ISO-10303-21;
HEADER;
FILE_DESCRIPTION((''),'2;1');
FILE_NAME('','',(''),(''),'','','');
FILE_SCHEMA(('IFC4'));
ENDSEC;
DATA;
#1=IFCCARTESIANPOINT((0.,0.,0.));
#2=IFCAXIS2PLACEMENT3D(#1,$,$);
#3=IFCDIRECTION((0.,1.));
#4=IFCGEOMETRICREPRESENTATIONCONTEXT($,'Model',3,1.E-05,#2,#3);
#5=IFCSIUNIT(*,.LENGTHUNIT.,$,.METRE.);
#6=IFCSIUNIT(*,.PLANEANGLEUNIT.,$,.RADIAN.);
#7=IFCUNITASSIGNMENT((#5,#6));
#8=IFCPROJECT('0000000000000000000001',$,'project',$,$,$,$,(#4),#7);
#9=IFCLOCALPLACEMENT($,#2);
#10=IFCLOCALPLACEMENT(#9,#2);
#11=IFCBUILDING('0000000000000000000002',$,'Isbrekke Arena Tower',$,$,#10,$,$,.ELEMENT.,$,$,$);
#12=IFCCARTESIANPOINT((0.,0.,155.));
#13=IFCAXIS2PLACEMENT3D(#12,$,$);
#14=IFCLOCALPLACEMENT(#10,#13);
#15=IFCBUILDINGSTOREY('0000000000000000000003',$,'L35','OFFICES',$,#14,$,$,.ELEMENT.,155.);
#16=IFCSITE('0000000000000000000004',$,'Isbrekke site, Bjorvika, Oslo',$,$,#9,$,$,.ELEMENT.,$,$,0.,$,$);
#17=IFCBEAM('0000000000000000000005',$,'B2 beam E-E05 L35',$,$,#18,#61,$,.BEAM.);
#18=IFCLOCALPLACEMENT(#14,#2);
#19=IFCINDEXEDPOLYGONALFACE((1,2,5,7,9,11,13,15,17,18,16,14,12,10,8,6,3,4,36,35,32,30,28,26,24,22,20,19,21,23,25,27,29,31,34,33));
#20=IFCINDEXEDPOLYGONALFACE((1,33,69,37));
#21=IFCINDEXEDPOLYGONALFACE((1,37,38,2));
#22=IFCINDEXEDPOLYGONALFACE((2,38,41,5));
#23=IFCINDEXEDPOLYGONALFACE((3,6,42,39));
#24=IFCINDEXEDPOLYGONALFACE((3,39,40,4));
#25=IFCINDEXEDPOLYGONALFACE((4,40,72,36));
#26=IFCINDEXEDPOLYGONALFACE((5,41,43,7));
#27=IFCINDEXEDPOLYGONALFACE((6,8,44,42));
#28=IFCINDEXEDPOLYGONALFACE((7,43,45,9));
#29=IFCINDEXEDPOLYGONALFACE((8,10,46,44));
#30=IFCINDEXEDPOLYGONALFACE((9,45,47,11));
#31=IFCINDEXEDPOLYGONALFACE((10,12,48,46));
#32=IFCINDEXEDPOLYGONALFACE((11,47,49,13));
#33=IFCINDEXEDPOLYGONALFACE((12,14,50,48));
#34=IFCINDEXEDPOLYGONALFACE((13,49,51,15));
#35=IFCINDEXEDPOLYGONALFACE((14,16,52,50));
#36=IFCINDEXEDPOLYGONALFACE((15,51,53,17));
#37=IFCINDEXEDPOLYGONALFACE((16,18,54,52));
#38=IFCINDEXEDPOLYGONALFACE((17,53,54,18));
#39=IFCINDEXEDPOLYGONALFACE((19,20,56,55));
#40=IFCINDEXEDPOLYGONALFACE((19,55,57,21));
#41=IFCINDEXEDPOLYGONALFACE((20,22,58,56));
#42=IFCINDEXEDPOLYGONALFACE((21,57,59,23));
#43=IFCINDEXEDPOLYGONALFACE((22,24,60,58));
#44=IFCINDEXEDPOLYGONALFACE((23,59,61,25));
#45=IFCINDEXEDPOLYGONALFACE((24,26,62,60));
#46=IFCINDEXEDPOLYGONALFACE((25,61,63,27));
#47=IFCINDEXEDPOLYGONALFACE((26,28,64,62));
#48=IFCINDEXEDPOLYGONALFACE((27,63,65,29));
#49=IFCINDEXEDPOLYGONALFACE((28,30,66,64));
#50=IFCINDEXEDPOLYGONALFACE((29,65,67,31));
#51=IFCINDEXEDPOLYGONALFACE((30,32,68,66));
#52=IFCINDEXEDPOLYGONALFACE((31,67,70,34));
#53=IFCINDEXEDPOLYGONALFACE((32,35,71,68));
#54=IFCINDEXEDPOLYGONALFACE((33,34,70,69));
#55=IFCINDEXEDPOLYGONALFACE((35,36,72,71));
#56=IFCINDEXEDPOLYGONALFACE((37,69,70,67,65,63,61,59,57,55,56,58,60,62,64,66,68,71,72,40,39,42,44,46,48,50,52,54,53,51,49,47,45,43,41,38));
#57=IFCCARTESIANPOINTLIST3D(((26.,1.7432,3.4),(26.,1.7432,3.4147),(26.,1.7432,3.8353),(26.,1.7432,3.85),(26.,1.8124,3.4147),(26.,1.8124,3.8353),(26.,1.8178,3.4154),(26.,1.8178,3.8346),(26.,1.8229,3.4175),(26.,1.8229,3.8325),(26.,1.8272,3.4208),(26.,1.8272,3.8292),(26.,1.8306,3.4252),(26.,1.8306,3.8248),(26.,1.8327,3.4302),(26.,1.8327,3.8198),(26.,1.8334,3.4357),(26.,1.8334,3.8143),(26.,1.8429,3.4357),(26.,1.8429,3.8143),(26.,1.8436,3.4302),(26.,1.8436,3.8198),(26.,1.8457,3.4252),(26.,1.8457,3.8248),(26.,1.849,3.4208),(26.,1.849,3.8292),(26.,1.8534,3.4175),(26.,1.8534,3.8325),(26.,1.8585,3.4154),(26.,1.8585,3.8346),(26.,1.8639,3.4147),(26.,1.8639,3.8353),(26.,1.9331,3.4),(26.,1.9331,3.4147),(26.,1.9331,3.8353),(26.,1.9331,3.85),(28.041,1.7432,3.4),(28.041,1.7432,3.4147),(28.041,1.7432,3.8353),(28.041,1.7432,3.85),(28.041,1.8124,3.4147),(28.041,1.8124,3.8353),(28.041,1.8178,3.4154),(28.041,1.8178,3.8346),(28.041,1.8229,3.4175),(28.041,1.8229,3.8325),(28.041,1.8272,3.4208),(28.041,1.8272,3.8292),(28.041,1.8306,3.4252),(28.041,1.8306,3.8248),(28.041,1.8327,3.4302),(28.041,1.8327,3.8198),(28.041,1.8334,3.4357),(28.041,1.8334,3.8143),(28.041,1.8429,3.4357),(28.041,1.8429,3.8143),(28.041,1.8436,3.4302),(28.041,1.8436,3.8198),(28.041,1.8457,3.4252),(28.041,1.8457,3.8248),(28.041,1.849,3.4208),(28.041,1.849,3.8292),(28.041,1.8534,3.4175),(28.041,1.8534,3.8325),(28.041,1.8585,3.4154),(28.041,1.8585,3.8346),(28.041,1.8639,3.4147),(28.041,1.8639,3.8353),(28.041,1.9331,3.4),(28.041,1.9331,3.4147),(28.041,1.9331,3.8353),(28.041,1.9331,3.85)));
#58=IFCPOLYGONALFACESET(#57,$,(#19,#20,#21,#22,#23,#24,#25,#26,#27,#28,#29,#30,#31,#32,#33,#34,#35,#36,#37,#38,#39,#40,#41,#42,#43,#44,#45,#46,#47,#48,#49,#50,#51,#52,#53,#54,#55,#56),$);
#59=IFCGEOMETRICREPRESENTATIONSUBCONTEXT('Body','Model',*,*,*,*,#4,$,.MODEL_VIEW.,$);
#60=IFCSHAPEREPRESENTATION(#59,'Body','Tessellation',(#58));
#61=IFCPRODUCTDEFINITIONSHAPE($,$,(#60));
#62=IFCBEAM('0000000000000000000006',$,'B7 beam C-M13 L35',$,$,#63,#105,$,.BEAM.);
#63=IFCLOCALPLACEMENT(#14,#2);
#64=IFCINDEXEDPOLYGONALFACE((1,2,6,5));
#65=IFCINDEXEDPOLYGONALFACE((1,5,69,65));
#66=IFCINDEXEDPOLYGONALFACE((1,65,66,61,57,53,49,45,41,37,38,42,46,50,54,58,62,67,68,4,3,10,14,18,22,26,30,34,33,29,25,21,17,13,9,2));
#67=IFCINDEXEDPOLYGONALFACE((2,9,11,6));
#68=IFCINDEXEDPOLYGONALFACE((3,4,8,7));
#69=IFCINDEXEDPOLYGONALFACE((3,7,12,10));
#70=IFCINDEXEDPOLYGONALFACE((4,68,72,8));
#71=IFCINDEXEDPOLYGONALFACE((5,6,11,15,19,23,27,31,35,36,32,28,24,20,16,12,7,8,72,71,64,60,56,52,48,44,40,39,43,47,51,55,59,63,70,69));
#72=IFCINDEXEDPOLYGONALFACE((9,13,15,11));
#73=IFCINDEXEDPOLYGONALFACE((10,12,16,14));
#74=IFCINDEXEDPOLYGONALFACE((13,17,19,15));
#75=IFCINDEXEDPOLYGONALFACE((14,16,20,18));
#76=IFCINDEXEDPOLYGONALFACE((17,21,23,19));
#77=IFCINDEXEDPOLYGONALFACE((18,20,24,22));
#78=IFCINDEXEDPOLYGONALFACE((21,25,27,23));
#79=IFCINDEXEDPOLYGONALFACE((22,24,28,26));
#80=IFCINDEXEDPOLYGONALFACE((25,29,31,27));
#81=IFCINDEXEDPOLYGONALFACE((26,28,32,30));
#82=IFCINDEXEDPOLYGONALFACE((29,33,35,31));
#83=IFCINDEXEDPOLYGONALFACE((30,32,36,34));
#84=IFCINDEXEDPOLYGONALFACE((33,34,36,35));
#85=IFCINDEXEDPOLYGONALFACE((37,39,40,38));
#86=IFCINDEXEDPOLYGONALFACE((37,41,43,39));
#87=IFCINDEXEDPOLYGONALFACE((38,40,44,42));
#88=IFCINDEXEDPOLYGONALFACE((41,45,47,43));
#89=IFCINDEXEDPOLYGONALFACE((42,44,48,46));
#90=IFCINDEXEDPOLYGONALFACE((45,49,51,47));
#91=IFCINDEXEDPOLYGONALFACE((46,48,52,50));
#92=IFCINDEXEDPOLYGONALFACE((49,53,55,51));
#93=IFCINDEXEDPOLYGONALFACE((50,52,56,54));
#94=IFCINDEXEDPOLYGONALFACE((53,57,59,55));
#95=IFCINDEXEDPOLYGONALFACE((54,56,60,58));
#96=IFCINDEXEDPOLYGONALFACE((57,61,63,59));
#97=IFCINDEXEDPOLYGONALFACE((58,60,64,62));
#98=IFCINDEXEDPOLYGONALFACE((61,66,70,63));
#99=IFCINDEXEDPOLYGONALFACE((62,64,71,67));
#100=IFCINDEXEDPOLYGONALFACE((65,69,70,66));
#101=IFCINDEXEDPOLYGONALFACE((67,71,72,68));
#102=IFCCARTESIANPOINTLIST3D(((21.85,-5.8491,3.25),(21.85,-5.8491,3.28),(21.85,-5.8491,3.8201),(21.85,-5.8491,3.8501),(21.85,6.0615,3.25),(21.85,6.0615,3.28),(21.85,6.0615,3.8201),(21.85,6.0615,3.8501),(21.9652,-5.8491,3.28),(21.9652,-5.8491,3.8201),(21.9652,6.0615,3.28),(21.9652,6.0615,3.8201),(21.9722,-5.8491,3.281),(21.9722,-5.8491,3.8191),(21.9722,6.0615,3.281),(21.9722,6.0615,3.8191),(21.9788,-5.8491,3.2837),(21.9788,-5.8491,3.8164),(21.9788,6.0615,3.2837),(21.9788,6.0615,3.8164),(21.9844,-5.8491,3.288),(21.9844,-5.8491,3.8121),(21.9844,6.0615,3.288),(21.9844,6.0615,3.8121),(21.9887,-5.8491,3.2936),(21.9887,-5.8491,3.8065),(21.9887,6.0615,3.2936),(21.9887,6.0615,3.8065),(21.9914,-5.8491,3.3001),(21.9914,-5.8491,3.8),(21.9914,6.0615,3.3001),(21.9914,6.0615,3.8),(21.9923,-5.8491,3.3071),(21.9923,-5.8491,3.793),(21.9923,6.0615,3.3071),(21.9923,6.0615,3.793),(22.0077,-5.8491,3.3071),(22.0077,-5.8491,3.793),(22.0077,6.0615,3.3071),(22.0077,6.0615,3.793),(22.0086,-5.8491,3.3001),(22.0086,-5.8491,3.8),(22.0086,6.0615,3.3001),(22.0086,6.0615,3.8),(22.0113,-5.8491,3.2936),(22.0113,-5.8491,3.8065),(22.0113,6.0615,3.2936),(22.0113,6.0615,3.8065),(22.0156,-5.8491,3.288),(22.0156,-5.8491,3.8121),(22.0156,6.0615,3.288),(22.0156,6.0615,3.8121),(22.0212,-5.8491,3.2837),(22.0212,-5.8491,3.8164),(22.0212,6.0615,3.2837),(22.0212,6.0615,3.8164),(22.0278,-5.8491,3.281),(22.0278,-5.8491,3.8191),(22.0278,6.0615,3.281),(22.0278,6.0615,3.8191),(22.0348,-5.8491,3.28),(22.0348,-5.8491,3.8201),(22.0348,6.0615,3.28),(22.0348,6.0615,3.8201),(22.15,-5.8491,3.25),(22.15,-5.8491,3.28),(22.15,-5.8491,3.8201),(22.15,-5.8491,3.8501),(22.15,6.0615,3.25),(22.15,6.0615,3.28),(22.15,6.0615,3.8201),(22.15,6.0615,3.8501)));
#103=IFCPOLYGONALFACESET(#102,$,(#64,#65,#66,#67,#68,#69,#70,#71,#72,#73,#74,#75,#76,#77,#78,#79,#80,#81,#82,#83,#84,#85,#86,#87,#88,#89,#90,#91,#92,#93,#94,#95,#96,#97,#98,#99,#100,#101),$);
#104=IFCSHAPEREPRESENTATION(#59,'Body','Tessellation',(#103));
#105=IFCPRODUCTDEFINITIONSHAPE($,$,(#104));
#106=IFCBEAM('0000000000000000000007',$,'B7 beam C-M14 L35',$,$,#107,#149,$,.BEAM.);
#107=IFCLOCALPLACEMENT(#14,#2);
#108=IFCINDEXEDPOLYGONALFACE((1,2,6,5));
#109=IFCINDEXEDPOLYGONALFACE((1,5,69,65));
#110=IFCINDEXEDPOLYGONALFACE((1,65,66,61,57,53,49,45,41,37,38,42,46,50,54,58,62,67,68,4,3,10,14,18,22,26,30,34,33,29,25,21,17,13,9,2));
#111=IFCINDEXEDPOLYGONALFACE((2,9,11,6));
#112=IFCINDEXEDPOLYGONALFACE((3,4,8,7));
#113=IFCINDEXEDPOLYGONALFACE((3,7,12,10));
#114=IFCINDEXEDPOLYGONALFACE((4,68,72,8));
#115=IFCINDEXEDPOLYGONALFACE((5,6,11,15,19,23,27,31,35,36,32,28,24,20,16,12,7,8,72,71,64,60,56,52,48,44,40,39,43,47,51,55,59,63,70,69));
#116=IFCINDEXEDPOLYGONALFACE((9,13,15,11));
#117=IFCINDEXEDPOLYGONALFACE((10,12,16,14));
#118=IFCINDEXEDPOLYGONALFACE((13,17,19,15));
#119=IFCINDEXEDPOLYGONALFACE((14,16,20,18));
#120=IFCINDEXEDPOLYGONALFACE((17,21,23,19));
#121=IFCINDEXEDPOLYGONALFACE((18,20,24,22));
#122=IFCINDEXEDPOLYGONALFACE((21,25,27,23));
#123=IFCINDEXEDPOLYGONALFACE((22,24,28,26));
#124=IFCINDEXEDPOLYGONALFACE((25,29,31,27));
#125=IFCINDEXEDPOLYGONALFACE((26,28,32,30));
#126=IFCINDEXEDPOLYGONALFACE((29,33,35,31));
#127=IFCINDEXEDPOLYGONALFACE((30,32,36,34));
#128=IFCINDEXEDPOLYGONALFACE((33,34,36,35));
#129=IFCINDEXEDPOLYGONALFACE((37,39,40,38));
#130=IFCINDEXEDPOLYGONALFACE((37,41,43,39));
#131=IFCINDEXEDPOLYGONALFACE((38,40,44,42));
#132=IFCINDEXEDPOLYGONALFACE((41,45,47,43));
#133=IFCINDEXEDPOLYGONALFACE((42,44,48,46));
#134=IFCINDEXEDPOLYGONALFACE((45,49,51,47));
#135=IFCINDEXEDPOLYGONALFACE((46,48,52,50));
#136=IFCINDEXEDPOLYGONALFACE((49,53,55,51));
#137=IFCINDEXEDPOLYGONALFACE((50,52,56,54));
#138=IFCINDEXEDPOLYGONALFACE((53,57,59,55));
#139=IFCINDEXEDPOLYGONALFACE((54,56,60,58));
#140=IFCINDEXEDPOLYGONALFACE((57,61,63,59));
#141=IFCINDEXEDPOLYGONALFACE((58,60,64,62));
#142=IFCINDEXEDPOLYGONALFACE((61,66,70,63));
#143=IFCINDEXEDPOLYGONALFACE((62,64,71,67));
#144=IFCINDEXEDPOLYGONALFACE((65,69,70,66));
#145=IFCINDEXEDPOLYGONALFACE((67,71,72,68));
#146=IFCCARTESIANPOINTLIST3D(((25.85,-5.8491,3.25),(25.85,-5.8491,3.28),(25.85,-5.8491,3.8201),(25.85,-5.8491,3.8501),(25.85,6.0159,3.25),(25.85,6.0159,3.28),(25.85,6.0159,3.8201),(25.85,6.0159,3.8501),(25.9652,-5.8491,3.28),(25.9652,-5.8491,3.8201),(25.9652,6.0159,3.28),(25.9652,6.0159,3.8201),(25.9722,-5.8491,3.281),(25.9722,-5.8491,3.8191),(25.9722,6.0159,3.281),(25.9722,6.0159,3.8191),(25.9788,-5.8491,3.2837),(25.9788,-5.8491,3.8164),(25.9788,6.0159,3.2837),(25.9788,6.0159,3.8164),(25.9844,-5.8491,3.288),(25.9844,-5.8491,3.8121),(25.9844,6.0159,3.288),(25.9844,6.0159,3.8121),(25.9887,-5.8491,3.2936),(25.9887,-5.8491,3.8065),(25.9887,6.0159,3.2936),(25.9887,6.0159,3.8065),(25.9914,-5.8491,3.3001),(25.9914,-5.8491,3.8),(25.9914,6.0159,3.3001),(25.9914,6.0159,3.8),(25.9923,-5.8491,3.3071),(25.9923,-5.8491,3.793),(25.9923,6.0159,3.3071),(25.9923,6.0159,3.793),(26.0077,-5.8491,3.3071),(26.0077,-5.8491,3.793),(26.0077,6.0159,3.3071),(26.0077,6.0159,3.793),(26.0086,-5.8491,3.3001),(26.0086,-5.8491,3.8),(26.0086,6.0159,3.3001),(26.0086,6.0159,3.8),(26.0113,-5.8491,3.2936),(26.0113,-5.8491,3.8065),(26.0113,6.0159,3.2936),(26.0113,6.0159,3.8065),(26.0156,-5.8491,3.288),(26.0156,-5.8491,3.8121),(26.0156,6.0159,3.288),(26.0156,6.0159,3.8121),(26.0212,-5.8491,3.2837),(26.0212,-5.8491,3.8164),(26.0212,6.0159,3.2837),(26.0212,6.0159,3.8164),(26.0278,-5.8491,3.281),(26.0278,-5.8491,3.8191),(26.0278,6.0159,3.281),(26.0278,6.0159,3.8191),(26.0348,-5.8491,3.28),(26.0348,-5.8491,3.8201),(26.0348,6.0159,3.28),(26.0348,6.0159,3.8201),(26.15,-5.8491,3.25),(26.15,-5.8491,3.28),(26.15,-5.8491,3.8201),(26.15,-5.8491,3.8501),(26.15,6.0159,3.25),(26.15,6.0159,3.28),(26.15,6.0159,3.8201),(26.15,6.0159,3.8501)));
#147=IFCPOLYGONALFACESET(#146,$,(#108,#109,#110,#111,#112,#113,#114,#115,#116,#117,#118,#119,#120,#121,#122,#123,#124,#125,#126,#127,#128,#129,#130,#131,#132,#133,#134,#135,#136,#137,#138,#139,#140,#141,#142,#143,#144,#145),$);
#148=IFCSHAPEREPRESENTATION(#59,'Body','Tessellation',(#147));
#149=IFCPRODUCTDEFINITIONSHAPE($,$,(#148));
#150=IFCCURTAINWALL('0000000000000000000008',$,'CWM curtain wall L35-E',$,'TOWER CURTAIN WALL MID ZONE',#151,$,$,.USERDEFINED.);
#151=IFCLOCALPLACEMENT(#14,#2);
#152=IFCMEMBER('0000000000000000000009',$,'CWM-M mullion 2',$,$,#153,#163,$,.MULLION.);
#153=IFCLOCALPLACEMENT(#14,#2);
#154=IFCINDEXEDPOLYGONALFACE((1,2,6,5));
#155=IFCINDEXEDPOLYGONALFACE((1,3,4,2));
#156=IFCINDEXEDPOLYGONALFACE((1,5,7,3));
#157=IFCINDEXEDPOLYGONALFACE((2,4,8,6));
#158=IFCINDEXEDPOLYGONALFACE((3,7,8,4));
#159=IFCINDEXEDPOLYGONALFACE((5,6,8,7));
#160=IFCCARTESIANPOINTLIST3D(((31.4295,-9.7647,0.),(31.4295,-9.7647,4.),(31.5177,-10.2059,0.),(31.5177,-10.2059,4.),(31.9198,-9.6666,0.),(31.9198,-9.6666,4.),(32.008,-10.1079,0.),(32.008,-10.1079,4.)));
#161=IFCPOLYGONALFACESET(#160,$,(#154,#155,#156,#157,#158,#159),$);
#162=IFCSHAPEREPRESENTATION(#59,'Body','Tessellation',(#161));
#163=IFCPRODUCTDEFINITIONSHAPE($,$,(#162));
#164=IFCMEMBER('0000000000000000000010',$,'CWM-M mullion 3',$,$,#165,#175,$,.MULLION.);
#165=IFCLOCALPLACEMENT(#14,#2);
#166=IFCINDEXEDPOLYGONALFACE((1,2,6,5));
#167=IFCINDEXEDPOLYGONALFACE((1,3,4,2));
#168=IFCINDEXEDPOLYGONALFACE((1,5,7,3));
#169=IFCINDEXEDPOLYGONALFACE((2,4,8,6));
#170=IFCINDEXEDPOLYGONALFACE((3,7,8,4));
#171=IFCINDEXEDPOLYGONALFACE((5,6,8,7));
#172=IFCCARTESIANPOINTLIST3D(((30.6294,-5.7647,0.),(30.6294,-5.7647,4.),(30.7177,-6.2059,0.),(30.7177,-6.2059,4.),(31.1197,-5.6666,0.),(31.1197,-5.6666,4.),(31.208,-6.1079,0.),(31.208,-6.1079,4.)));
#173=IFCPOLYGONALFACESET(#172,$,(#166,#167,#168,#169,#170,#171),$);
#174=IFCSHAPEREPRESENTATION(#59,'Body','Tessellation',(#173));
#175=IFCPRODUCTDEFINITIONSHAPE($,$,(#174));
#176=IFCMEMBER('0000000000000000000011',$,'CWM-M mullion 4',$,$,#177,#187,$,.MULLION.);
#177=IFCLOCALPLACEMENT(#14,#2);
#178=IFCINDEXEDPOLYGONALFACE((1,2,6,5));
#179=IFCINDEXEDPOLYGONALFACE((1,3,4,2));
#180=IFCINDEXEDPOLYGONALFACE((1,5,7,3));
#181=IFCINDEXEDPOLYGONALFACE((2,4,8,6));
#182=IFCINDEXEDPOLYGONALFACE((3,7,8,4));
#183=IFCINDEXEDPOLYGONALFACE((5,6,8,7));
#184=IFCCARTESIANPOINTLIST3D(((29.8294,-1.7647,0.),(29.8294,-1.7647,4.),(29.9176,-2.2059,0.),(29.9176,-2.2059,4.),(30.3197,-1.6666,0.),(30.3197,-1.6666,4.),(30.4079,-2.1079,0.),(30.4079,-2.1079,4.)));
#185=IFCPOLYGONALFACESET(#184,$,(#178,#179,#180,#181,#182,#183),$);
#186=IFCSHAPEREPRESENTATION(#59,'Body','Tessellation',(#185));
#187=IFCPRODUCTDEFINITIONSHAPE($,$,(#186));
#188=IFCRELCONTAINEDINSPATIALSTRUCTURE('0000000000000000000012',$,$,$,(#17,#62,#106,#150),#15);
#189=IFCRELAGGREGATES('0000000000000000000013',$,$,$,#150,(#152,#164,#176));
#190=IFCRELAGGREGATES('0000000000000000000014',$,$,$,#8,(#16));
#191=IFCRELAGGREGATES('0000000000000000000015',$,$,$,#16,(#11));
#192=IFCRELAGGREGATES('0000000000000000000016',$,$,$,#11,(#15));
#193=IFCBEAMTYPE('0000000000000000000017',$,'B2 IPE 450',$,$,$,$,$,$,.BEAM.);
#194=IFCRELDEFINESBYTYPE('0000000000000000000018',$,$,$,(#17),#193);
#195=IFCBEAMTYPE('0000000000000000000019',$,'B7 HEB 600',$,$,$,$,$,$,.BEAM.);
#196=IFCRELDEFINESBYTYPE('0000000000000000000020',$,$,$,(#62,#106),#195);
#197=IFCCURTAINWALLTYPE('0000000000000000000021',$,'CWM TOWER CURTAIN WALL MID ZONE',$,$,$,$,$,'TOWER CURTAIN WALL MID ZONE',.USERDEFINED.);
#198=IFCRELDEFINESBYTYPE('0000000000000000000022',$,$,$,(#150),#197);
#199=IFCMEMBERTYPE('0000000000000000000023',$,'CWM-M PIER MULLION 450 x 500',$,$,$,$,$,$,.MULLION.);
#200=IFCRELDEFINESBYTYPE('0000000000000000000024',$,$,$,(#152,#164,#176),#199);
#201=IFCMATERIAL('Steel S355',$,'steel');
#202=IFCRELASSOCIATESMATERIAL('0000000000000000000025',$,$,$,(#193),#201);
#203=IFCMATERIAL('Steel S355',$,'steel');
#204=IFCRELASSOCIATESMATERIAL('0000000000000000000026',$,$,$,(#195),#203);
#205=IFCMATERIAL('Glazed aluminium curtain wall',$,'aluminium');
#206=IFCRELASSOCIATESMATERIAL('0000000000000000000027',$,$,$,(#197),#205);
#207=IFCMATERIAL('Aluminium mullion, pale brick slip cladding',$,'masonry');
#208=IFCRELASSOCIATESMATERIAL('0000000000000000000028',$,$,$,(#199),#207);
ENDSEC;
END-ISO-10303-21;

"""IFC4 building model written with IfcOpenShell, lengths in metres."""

from ifc_helpers import new_model, si_unit, direction, frame, origin, origin_2d, place, context, subcontext, project, spatial, rectangle, i_section, extrude, material, material_profile, profile_set, type_object, element, aggregate, save


model = new_model("IFC4")

# Units and contexts
model_context = context("Model", 3, precision=1e-05, world=origin(), true_north=direction((0.0, 1.0)))
body_context = subcontext(model_context, "Body", "Model", "MODEL_VIEW")
ifc_project = project(units=[si_unit("LENGTHUNIT", "METRE"), si_unit("PLANEANGLEUNIT", "RADIAN")], contexts=[model_context])

# Site, building, storey
site_placement = place(None, origin())
site = spatial("IfcSite", under=ifc_project, at=site_placement, Name="Isbrekke site, Bjorvika, Oslo", CompositionType="ELEMENT", RefElevation=0.0)
building_placement = place(site_placement, origin())
building = spatial("IfcBuilding", under=site, at=building_placement, Name="Isbrekke Arena Tower", CompositionType="ELEMENT")
storey_placement = place(building_placement, frame((0.0, 0.0, 155.0)))
storey = spatial("IfcBuildingStorey", under=building, at=storey_placement, Name="L35", Description="OFFICES", CompositionType="ELEMENT", Elevation=155.0)

# Beams
ifc_material_1 = material(Name="Steel S355", Category="steel")
ifc_material_profile_1 = material_profile(ifc_material_1, i_section(OverallWidth=0.1899, OverallDepth=0.45, WebThickness=0.0095, FlangeThickness=0.0146, FilletRadius=0.021, at=origin_2d()), Name="IPE 450")
ifc_profile_set_1 = profile_set([ifc_material_profile_1], Name="Steel S355")
beam_type_1 = type_object("IfcBeamType", Name="B2 IPE 450", PredefinedType="BEAM", material=ifc_profile_set_1)
beam_1_placement = place(storey_placement, frame((28.041, 1.8381, 3.625), z_axis=(-1.0, 0.0, 0.0), x_axis=(0.0, -1.0, 0.0)))
element("IfcBeam", 1, at=beam_1_placement, inside=storey, type_object=beam_type_1, Name="B2 beam E-E05 L35", PredefinedType="BEAM", context=body_context, shape_type="SweptSolid", body=[
    extrude(i_section(OverallWidth=0.1899, OverallDepth=0.45, WebThickness=0.0095, FlangeThickness=0.0146, FilletRadius=0.021, at=origin_2d()), origin(), (0.0, 0.0, 1.0), 2.041),
])
ifc_material_2 = material(Name="Steel S355", Category="steel")
ifc_material_profile_2 = material_profile(ifc_material_2, i_section(OverallWidth=0.3, OverallDepth=0.6001, WebThickness=0.0154, FlangeThickness=0.03, FilletRadius=0.0271, at=origin_2d()), Name="HEB 600")
ifc_profile_set_2 = profile_set([ifc_material_profile_2], Name="Steel S355")
beam_type_2 = type_object("IfcBeamType", Name="B7 HEB 600", PredefinedType="BEAM", material=ifc_profile_set_2)
beam_2_placement = place(storey_placement, frame((22.0, -5.8491, 3.55), z_axis=(0.0, 1.0, 0.0), x_axis=(-1.0, 0.0, 0.0)))
element("IfcBeam", 2, at=beam_2_placement, inside=storey, type_object=beam_type_2, Name="B7 beam C-M13 L35", PredefinedType="BEAM", context=body_context, shape_type="SweptSolid", body=[
    extrude(i_section(OverallWidth=0.3, OverallDepth=0.6001, WebThickness=0.0154, FlangeThickness=0.03, FilletRadius=0.0271, at=origin_2d()), origin(), (0.0, 0.0, 1.0), 11.9106),
])
beam_3_placement = place(storey_placement, frame((26.0, -5.8491, 3.55), z_axis=(0.0, 1.0, 0.0), x_axis=(-1.0, 0.0, 0.0)))
element("IfcBeam", 3, at=beam_3_placement, inside=storey, type_object=beam_type_2, Name="B7 beam C-M14 L35", PredefinedType="BEAM", context=body_context, shape_type="SweptSolid", body=[
    extrude(i_section(OverallWidth=0.3, OverallDepth=0.6001, WebThickness=0.0154, FlangeThickness=0.03, FilletRadius=0.0271, at=origin_2d()), origin(), (0.0, 0.0, 1.0), 11.865),
])

# Curtain wall, members
ifc_material_3 = material(Name="Glazed aluminium curtain wall", Category="aluminium")
curtain_wall_type = type_object("IfcCurtainWallType", Name="CWM TOWER CURTAIN WALL MID ZONE", ElementType="TOWER CURTAIN WALL MID ZONE", PredefinedType="USERDEFINED", material=ifc_material_3)
curtain_wall_placement = place(storey_placement, origin())
curtain_wall = element("IfcCurtainWall", 4, at=curtain_wall_placement, inside=storey, type_object=curtain_wall_type, Name="CWM curtain wall L35-E", ObjectType="TOWER CURTAIN WALL MID ZONE", PredefinedType="USERDEFINED")
ifc_material_4 = material(Name="Aluminium mullion, pale brick slip cladding", Category="masonry")
ifc_material_profile_3 = material_profile(ifc_material_4, rectangle(XDim=0.45, YDim=0.5, at=origin_2d()), Name="PIER 450X500")
ifc_profile_set_3 = profile_set([ifc_material_profile_3], Name="Aluminium mullion, pale brick slip cladding")
member_type_1 = type_object("IfcMemberType", Name="CWM-M PIER MULLION 450 x 500", PredefinedType="MULLION", material=ifc_profile_set_3)
member_1_placement = place(storey_placement, frame((31.7188, -9.9363, 0.0), z_axis=(0.0, 0.0, 1.0), x_axis=(-0.196116, 0.980581, 0.0)))
member_1 = element("IfcMember", 5, at=member_1_placement, type_object=member_type_1, Name="CWM-M mullion 2", PredefinedType="MULLION", context=body_context, shape_type="SweptSolid", body=[
    extrude(rectangle(XDim=0.45, YDim=0.5, at=origin_2d()), origin(), (0.0, 0.0, 1.0), 4.0),
])
member_2_placement = place(storey_placement, frame((30.9187, -5.9363, 0.0), z_axis=(0.0, 0.0, 1.0), x_axis=(-0.196116, 0.980581, 0.0)))
member_2 = element("IfcMember", 6, at=member_2_placement, type_object=member_type_1, Name="CWM-M mullion 3", PredefinedType="MULLION", context=body_context, shape_type="SweptSolid", body=[
    extrude(rectangle(XDim=0.45, YDim=0.5, at=origin_2d()), origin(), (0.0, 0.0, 1.0), 4.0),
])
member_3_placement = place(storey_placement, frame((30.1187, -1.9363, 0.0), z_axis=(0.0, 0.0, 1.0), x_axis=(-0.196116, 0.980581, 0.0)))
member_3 = element("IfcMember", 7, at=member_3_placement, type_object=member_type_1, Name="CWM-M mullion 4", PredefinedType="MULLION", context=body_context, shape_type="SweptSolid", body=[
    extrude(rectangle(XDim=0.45, YDim=0.5, at=origin_2d()), origin(), (0.0, 0.0, 1.0), 4.0),
])

aggregate(curtain_wall, [member_1, member_2, member_3])

save(model, "model.ifc")
